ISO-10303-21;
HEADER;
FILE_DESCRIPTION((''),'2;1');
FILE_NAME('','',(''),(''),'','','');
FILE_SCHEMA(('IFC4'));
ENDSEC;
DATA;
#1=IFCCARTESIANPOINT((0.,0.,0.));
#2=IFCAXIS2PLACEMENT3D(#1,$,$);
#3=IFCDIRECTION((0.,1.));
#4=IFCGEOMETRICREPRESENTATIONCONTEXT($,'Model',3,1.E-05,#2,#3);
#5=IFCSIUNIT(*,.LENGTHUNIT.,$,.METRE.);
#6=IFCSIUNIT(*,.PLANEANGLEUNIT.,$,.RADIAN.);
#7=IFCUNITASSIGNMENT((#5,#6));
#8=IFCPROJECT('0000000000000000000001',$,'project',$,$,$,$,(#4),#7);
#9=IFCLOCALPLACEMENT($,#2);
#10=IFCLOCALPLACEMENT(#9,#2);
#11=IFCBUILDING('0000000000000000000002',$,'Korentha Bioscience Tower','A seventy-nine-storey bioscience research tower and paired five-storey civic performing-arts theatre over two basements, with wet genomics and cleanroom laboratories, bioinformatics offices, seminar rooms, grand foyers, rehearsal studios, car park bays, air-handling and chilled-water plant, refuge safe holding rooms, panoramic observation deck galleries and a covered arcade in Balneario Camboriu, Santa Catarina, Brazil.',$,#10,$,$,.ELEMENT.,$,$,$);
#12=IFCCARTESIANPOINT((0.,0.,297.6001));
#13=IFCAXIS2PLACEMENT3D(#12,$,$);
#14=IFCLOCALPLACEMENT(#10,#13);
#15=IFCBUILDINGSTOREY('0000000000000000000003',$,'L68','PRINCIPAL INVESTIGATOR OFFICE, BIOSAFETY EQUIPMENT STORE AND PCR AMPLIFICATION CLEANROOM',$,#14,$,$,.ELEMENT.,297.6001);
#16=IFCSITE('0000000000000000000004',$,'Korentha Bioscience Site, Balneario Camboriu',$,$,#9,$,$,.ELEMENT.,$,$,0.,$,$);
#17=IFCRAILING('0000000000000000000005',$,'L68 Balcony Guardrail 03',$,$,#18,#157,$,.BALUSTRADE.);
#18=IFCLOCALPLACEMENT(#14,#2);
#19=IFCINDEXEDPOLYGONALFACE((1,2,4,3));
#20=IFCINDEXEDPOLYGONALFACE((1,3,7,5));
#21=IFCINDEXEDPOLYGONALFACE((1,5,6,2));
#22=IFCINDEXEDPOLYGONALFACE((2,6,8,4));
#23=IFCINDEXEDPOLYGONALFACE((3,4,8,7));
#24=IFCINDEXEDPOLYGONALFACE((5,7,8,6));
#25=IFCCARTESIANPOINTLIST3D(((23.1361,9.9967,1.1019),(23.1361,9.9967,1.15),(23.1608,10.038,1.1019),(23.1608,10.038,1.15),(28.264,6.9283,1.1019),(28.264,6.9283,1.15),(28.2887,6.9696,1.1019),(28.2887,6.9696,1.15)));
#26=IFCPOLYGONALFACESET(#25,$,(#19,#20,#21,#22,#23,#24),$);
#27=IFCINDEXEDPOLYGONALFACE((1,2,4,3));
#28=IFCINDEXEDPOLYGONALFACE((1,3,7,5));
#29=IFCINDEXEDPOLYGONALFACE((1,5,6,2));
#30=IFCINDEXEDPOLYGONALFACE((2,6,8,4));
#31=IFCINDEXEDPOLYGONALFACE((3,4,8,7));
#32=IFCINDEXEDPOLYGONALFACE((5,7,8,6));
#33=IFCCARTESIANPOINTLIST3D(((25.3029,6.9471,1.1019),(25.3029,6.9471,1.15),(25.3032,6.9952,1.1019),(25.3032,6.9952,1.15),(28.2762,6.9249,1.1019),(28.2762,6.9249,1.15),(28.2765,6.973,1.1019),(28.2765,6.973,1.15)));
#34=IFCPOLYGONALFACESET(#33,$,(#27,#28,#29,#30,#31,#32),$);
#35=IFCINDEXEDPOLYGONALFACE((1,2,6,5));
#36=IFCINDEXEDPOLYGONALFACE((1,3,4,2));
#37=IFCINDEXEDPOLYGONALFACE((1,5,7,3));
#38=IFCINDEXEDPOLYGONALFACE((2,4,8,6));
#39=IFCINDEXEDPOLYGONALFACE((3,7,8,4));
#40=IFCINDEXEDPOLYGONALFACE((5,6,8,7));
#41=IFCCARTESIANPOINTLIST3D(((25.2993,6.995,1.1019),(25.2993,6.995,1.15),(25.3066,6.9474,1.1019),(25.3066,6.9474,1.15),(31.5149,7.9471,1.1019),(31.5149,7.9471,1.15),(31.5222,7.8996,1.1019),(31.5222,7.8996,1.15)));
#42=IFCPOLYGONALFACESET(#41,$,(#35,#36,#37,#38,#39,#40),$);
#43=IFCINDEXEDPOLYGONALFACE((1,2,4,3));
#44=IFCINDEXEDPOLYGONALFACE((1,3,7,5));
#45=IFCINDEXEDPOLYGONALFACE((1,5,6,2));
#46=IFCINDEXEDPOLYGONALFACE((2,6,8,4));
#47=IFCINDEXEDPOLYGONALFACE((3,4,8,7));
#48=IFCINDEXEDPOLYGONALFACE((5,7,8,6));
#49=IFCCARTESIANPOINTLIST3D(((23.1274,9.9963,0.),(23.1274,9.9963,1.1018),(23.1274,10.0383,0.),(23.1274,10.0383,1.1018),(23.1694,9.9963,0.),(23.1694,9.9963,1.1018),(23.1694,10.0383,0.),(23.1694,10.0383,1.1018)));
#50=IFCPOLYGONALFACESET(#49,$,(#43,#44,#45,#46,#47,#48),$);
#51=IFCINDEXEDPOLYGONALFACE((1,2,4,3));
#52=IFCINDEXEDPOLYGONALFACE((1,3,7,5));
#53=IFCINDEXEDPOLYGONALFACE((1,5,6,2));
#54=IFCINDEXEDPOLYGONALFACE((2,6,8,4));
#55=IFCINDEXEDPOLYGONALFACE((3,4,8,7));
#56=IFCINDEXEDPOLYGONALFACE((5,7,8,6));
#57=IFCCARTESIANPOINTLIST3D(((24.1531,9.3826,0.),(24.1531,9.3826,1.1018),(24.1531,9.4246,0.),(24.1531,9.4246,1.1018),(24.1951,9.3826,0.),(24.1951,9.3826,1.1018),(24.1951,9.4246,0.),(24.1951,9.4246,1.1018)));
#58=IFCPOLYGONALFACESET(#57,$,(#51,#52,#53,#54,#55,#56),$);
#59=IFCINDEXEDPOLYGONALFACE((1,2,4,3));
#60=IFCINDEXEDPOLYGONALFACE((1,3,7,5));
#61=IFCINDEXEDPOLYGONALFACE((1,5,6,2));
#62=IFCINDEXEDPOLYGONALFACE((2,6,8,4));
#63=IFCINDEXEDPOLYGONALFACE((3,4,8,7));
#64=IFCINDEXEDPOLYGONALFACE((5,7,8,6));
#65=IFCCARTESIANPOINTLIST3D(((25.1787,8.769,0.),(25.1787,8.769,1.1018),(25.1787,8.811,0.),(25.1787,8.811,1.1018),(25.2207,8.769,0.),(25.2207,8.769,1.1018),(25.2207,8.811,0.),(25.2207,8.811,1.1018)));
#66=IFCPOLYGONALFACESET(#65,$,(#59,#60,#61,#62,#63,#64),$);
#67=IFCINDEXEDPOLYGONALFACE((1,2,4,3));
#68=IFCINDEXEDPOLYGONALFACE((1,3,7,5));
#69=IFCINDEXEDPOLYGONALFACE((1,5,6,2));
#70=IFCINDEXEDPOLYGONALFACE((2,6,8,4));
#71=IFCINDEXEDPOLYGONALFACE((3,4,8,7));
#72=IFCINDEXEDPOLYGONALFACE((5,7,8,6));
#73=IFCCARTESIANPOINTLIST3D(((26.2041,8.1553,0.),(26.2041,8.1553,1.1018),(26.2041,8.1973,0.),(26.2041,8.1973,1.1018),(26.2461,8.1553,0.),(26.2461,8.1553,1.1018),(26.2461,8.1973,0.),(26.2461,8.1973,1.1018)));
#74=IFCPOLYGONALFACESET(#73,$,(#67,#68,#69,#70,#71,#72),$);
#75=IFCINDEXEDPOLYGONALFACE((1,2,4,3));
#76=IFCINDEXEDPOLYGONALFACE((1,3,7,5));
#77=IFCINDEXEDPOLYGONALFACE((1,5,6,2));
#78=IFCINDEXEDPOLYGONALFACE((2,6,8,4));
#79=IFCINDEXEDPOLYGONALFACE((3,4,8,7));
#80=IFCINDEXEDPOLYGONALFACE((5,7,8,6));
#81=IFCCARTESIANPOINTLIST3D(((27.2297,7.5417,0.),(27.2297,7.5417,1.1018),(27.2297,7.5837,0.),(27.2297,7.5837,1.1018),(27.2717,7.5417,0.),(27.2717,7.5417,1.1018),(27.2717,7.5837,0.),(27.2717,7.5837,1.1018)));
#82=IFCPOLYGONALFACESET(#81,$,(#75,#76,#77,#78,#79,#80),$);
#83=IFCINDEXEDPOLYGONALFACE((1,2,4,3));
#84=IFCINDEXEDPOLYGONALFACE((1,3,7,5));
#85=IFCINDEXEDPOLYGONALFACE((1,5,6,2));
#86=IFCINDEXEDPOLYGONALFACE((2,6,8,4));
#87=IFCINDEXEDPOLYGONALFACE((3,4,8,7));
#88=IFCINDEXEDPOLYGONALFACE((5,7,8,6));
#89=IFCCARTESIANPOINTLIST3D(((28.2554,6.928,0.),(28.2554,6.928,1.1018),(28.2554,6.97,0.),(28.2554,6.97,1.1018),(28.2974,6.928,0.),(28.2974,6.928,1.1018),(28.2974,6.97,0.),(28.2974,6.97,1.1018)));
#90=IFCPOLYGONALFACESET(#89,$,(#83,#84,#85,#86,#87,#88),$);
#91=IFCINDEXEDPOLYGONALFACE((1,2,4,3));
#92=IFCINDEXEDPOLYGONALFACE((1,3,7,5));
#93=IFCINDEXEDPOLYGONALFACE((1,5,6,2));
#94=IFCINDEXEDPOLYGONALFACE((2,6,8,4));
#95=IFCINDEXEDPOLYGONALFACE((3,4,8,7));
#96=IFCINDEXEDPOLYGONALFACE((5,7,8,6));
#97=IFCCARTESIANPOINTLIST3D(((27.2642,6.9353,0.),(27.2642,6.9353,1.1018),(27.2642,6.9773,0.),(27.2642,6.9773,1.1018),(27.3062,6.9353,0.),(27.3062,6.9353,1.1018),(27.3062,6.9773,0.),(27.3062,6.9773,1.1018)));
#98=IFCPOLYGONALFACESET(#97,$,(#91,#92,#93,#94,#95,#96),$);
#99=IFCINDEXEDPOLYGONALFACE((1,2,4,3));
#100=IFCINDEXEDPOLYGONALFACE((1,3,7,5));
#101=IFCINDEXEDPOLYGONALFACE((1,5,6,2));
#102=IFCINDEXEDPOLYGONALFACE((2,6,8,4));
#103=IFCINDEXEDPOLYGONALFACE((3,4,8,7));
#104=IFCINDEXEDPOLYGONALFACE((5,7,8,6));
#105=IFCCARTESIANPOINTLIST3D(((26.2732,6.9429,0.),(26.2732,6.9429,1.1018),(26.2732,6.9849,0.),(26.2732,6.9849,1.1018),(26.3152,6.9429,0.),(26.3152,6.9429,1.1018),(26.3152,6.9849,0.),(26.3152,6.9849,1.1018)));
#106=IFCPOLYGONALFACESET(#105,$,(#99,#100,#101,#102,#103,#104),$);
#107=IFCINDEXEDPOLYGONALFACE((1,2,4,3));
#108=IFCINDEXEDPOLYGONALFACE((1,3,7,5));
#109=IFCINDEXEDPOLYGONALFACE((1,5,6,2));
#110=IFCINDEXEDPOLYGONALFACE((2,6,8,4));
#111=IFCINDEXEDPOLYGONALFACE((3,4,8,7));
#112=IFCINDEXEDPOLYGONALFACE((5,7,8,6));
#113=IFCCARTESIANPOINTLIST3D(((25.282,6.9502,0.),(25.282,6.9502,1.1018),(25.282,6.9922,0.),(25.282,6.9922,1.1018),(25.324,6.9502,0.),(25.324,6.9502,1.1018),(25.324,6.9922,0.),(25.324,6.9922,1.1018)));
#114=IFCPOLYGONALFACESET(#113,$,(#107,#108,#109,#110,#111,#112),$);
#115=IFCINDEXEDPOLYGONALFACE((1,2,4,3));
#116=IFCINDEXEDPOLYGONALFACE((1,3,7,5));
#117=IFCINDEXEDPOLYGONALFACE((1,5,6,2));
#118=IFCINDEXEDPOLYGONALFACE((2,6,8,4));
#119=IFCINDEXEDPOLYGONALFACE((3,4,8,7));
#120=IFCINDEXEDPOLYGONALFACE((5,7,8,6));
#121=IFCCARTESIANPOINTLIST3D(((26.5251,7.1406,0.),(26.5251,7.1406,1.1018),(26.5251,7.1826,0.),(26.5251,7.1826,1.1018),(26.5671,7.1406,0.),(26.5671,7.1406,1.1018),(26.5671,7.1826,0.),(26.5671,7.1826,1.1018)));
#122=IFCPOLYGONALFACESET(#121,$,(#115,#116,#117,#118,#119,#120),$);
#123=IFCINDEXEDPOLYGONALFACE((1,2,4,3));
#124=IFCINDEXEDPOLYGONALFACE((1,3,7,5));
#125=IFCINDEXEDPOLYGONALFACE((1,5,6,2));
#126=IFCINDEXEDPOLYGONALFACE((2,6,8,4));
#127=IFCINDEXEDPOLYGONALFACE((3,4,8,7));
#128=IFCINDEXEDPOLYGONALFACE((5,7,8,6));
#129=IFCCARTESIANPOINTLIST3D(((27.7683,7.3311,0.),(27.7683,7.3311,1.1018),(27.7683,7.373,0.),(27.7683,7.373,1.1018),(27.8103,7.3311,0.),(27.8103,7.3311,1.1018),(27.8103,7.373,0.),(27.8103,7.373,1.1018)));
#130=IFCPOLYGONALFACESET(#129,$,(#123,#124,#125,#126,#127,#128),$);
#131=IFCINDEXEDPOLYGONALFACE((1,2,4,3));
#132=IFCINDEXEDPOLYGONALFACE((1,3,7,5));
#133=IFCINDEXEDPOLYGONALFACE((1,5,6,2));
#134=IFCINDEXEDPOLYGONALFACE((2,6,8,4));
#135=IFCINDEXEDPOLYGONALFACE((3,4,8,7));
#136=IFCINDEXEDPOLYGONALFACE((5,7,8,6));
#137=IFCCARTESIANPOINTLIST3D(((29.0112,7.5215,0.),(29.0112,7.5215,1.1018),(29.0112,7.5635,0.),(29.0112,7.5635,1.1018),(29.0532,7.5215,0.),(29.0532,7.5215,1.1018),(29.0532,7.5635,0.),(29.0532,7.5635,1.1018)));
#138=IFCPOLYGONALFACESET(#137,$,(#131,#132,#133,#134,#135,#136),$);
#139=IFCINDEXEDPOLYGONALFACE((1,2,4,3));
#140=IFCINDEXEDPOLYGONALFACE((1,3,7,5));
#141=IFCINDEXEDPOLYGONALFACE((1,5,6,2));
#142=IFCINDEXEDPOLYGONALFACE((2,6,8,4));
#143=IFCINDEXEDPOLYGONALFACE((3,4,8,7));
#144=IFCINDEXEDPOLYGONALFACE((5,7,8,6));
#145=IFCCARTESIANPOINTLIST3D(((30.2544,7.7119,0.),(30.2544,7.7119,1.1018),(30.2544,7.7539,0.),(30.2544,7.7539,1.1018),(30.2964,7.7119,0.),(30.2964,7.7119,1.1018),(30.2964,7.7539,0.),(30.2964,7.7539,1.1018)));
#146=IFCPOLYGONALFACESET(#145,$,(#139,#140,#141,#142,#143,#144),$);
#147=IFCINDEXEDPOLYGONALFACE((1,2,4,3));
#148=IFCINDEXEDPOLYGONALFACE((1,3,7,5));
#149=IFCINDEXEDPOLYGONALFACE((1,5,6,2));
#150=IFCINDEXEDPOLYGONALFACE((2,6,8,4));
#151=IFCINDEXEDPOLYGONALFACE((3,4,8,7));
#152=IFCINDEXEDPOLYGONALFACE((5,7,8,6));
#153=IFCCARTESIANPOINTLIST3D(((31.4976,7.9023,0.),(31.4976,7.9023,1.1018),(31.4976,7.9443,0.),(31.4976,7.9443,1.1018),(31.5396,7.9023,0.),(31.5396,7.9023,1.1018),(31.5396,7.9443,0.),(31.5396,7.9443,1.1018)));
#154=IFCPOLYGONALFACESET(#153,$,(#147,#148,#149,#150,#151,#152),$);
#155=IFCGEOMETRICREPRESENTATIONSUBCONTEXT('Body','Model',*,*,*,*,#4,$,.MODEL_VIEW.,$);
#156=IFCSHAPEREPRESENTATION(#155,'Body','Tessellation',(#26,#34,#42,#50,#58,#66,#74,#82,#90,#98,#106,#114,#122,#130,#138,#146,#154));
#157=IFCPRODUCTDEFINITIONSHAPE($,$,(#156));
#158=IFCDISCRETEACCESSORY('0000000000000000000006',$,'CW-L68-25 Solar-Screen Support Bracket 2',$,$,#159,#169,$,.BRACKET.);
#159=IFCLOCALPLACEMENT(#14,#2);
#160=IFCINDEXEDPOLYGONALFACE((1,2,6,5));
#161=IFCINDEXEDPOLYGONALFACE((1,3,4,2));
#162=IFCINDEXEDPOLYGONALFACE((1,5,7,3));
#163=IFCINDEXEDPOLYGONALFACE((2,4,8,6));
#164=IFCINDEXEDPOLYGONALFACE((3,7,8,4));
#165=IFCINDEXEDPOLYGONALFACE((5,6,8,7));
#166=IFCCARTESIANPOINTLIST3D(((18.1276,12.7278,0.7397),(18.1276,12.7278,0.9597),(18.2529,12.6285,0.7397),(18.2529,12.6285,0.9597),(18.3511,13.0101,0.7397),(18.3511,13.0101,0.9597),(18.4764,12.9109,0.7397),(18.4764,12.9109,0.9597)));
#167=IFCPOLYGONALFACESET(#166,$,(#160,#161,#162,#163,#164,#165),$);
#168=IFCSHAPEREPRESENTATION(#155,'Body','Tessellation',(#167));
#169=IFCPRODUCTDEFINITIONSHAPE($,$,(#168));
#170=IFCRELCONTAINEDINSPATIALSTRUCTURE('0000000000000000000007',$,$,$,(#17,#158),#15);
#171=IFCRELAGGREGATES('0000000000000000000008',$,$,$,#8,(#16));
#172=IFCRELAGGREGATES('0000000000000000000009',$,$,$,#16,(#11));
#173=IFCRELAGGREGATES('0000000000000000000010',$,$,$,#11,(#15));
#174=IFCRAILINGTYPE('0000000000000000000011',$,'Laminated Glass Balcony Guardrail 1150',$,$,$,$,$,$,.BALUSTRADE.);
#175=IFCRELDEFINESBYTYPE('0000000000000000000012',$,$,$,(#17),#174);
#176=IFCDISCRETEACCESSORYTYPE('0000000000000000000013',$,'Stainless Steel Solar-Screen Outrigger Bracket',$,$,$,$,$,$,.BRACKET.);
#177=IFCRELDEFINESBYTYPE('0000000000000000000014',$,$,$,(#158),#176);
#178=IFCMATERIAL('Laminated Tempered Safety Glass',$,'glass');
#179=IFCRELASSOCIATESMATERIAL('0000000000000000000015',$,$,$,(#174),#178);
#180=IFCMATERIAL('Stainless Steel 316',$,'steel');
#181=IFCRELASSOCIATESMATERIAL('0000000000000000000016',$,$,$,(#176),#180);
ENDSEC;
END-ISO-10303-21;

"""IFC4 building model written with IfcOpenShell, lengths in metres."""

from ifc_helpers import new_model, si_unit, direction, frame, origin, origin_2d, place, context, subcontext, project, spatial, rectangle, extrude, material, type_object, element, save


model = new_model("IFC4")

# Units and contexts
model_context = context("Model", 3, precision=1e-05, world=origin(), true_north=direction((0.0, 1.0)))
body_context = subcontext(model_context, "Body", "Model", "MODEL_VIEW")
ifc_project = project(units=[si_unit("LENGTHUNIT", "METRE"), si_unit("PLANEANGLEUNIT", "RADIAN")], contexts=[model_context])

# Site, building, storey
site_placement = place(None, origin())
site = spatial("IfcSite", under=ifc_project, at=site_placement, Name="Korentha Bioscience Site, Balneario Camboriu", CompositionType="ELEMENT", RefElevation=0.0)
building_placement = place(site_placement, origin())
building = spatial("IfcBuilding", under=site, at=building_placement, Name="Korentha Bioscience Tower", Description="A seventy-nine-storey bioscience research tower and paired five-storey civic performing-arts theatre over two basements, with wet genomics and cleanroom laboratories, bioinformatics offices, seminar rooms, grand foyers, rehearsal studios, car park bays, air-handling and chilled-water plant, refuge safe holding rooms, panoramic observation deck galleries and a covered arcade in Balneario Camboriu, Santa Catarina, Brazil.", CompositionType="ELEMENT")
storey_placement = place(building_placement, frame((0.0, 0.0, 297.6001)))
storey = spatial("IfcBuildingStorey", under=building, at=storey_placement, Name="L68", Description="PRINCIPAL INVESTIGATOR OFFICE, BIOSAFETY EQUIPMENT STORE AND PCR AMPLIFICATION CLEANROOM", CompositionType="ELEMENT", Elevation=297.6001)

# Railing
ifc_material_1 = material(Name="Laminated Tempered Safety Glass", Category="glass")
railing_type = type_object("IfcRailingType", Name="Laminated Glass Balcony Guardrail 1150", PredefinedType="BALUSTRADE", material=ifc_material_1)
railing_placement = place(storey_placement, frame((23.1484, 10.0173, 0.0)))
element("IfcRailing", 1, at=railing_placement, inside=storey, type_object=railing_type, Name="L68 Balcony Guardrail 03", PredefinedType="BALUSTRADE", context=body_context, shape_type="SweptSolid", body=[
    extrude(rectangle(XDim=0.0481, YDim=0.0481, at=origin_2d()), frame((0.0, 0.0, 1.126), z_axis=(0.858112, -0.513462, 0.0), x_axis=(0.513462, 0.858112, 0.0)), (0.0, 0.0, 1.0), 5.9758),
    extrude(rectangle(XDim=0.0481, YDim=0.0481, at=origin_2d()), frame((5.1279, -3.0684, 1.126), z_axis=(-0.999972, 0.007472, 0.0), x_axis=(-0.007472, -0.999972, 0.0)), (0.0, 0.0, 1.0), 2.9734),
    extrude(rectangle(XDim=0.0481, YDim=0.0481, at=origin_2d()), frame((2.1545, -3.0461, 1.126), z_axis=(0.988469, 0.151421, 0.0), x_axis=(-0.151421, 0.988469, 0.0)), (0.0, 0.0, 1.0), 6.2881),
    extrude(rectangle(XDim=0.042, YDim=0.042, at=origin_2d()), origin(), (0.0, 0.0, 1.0), 1.1018),
    extrude(rectangle(XDim=0.042, YDim=0.042, at=origin_2d()), frame((1.0256, -0.6138, 0.0)), (0.0, 0.0, 1.0), 1.1018),
    extrude(rectangle(XDim=0.042, YDim=0.042, at=origin_2d()), frame((2.0513, -1.2273, 0.0)), (0.0, 0.0, 1.0), 1.1018),
    extrude(rectangle(XDim=0.042, YDim=0.042, at=origin_2d()), frame((3.0767, -1.8411, 0.0)), (0.0, 0.0, 1.0), 1.1018),
    extrude(rectangle(XDim=0.042, YDim=0.042, at=origin_2d()), frame((4.1023, -2.4546, 0.0)), (0.0, 0.0, 1.0), 1.1018),
    extrude(rectangle(XDim=0.042, YDim=0.042, at=origin_2d()), frame((5.1279, -3.0684, 0.0)), (0.0, 0.0, 1.0), 1.1018),
    extrude(rectangle(XDim=0.042, YDim=0.042, at=origin_2d()), frame((4.1367, -3.061, 0.0)), (0.0, 0.0, 1.0), 1.1018),
    extrude(rectangle(XDim=0.042, YDim=0.042, at=origin_2d()), frame((3.1458, -3.0535, 0.0)), (0.0, 0.0, 1.0), 1.1018),
    extrude(rectangle(XDim=0.042, YDim=0.042, at=origin_2d()), frame((2.1545, -3.0461, 0.0)), (0.0, 0.0, 1.0), 1.1018),
    extrude(rectangle(XDim=0.042, YDim=0.042, at=origin_2d()), frame((3.3977, -2.8557, 0.0)), (0.0, 0.0, 1.0), 1.1018),
    extrude(rectangle(XDim=0.042, YDim=0.042, at=origin_2d()), frame((4.6409, -2.6653, 0.0)), (0.0, 0.0, 1.0), 1.1018),
    extrude(rectangle(XDim=0.042, YDim=0.042, at=origin_2d()), frame((5.8838, -2.4749, 0.0)), (0.0, 0.0, 1.0), 1.1018),
    extrude(rectangle(XDim=0.042, YDim=0.042, at=origin_2d()), frame((7.127, -2.2844, 0.0)), (0.0, 0.0, 1.0), 1.1018),
    extrude(rectangle(XDim=0.042, YDim=0.042, at=origin_2d()), frame((8.3701, -2.094, 0.0)), (0.0, 0.0, 1.0), 1.1018),
])

# Discrete accessory
ifc_material_2 = material(Name="Stainless Steel 316", Category="steel")
discrete_accessory_type = type_object("IfcDiscreteAccessoryType", Name="Stainless Steel Solar-Screen Outrigger Bracket", PredefinedType="BRACKET", material=ifc_material_2)
discrete_accessory_placement = place(storey_placement, frame((18.302, 12.8193, 0.7397), z_axis=(0.0, 0.0, 1.0), x_axis=(0.784076, -0.620665, 0.0)))
element("IfcDiscreteAccessory", 2, at=discrete_accessory_placement, inside=storey, type_object=discrete_accessory_type, Name="CW-L68-25 Solar-Screen Support Bracket 2", PredefinedType="BRACKET", context=body_context, shape_type="SweptSolid", body=[
    extrude(rectangle(XDim=0.1599, YDim=0.3601, at=origin_2d()), origin(), (0.0, 0.0, 1.0), 0.22),
])

save(model, "model.ifc")
